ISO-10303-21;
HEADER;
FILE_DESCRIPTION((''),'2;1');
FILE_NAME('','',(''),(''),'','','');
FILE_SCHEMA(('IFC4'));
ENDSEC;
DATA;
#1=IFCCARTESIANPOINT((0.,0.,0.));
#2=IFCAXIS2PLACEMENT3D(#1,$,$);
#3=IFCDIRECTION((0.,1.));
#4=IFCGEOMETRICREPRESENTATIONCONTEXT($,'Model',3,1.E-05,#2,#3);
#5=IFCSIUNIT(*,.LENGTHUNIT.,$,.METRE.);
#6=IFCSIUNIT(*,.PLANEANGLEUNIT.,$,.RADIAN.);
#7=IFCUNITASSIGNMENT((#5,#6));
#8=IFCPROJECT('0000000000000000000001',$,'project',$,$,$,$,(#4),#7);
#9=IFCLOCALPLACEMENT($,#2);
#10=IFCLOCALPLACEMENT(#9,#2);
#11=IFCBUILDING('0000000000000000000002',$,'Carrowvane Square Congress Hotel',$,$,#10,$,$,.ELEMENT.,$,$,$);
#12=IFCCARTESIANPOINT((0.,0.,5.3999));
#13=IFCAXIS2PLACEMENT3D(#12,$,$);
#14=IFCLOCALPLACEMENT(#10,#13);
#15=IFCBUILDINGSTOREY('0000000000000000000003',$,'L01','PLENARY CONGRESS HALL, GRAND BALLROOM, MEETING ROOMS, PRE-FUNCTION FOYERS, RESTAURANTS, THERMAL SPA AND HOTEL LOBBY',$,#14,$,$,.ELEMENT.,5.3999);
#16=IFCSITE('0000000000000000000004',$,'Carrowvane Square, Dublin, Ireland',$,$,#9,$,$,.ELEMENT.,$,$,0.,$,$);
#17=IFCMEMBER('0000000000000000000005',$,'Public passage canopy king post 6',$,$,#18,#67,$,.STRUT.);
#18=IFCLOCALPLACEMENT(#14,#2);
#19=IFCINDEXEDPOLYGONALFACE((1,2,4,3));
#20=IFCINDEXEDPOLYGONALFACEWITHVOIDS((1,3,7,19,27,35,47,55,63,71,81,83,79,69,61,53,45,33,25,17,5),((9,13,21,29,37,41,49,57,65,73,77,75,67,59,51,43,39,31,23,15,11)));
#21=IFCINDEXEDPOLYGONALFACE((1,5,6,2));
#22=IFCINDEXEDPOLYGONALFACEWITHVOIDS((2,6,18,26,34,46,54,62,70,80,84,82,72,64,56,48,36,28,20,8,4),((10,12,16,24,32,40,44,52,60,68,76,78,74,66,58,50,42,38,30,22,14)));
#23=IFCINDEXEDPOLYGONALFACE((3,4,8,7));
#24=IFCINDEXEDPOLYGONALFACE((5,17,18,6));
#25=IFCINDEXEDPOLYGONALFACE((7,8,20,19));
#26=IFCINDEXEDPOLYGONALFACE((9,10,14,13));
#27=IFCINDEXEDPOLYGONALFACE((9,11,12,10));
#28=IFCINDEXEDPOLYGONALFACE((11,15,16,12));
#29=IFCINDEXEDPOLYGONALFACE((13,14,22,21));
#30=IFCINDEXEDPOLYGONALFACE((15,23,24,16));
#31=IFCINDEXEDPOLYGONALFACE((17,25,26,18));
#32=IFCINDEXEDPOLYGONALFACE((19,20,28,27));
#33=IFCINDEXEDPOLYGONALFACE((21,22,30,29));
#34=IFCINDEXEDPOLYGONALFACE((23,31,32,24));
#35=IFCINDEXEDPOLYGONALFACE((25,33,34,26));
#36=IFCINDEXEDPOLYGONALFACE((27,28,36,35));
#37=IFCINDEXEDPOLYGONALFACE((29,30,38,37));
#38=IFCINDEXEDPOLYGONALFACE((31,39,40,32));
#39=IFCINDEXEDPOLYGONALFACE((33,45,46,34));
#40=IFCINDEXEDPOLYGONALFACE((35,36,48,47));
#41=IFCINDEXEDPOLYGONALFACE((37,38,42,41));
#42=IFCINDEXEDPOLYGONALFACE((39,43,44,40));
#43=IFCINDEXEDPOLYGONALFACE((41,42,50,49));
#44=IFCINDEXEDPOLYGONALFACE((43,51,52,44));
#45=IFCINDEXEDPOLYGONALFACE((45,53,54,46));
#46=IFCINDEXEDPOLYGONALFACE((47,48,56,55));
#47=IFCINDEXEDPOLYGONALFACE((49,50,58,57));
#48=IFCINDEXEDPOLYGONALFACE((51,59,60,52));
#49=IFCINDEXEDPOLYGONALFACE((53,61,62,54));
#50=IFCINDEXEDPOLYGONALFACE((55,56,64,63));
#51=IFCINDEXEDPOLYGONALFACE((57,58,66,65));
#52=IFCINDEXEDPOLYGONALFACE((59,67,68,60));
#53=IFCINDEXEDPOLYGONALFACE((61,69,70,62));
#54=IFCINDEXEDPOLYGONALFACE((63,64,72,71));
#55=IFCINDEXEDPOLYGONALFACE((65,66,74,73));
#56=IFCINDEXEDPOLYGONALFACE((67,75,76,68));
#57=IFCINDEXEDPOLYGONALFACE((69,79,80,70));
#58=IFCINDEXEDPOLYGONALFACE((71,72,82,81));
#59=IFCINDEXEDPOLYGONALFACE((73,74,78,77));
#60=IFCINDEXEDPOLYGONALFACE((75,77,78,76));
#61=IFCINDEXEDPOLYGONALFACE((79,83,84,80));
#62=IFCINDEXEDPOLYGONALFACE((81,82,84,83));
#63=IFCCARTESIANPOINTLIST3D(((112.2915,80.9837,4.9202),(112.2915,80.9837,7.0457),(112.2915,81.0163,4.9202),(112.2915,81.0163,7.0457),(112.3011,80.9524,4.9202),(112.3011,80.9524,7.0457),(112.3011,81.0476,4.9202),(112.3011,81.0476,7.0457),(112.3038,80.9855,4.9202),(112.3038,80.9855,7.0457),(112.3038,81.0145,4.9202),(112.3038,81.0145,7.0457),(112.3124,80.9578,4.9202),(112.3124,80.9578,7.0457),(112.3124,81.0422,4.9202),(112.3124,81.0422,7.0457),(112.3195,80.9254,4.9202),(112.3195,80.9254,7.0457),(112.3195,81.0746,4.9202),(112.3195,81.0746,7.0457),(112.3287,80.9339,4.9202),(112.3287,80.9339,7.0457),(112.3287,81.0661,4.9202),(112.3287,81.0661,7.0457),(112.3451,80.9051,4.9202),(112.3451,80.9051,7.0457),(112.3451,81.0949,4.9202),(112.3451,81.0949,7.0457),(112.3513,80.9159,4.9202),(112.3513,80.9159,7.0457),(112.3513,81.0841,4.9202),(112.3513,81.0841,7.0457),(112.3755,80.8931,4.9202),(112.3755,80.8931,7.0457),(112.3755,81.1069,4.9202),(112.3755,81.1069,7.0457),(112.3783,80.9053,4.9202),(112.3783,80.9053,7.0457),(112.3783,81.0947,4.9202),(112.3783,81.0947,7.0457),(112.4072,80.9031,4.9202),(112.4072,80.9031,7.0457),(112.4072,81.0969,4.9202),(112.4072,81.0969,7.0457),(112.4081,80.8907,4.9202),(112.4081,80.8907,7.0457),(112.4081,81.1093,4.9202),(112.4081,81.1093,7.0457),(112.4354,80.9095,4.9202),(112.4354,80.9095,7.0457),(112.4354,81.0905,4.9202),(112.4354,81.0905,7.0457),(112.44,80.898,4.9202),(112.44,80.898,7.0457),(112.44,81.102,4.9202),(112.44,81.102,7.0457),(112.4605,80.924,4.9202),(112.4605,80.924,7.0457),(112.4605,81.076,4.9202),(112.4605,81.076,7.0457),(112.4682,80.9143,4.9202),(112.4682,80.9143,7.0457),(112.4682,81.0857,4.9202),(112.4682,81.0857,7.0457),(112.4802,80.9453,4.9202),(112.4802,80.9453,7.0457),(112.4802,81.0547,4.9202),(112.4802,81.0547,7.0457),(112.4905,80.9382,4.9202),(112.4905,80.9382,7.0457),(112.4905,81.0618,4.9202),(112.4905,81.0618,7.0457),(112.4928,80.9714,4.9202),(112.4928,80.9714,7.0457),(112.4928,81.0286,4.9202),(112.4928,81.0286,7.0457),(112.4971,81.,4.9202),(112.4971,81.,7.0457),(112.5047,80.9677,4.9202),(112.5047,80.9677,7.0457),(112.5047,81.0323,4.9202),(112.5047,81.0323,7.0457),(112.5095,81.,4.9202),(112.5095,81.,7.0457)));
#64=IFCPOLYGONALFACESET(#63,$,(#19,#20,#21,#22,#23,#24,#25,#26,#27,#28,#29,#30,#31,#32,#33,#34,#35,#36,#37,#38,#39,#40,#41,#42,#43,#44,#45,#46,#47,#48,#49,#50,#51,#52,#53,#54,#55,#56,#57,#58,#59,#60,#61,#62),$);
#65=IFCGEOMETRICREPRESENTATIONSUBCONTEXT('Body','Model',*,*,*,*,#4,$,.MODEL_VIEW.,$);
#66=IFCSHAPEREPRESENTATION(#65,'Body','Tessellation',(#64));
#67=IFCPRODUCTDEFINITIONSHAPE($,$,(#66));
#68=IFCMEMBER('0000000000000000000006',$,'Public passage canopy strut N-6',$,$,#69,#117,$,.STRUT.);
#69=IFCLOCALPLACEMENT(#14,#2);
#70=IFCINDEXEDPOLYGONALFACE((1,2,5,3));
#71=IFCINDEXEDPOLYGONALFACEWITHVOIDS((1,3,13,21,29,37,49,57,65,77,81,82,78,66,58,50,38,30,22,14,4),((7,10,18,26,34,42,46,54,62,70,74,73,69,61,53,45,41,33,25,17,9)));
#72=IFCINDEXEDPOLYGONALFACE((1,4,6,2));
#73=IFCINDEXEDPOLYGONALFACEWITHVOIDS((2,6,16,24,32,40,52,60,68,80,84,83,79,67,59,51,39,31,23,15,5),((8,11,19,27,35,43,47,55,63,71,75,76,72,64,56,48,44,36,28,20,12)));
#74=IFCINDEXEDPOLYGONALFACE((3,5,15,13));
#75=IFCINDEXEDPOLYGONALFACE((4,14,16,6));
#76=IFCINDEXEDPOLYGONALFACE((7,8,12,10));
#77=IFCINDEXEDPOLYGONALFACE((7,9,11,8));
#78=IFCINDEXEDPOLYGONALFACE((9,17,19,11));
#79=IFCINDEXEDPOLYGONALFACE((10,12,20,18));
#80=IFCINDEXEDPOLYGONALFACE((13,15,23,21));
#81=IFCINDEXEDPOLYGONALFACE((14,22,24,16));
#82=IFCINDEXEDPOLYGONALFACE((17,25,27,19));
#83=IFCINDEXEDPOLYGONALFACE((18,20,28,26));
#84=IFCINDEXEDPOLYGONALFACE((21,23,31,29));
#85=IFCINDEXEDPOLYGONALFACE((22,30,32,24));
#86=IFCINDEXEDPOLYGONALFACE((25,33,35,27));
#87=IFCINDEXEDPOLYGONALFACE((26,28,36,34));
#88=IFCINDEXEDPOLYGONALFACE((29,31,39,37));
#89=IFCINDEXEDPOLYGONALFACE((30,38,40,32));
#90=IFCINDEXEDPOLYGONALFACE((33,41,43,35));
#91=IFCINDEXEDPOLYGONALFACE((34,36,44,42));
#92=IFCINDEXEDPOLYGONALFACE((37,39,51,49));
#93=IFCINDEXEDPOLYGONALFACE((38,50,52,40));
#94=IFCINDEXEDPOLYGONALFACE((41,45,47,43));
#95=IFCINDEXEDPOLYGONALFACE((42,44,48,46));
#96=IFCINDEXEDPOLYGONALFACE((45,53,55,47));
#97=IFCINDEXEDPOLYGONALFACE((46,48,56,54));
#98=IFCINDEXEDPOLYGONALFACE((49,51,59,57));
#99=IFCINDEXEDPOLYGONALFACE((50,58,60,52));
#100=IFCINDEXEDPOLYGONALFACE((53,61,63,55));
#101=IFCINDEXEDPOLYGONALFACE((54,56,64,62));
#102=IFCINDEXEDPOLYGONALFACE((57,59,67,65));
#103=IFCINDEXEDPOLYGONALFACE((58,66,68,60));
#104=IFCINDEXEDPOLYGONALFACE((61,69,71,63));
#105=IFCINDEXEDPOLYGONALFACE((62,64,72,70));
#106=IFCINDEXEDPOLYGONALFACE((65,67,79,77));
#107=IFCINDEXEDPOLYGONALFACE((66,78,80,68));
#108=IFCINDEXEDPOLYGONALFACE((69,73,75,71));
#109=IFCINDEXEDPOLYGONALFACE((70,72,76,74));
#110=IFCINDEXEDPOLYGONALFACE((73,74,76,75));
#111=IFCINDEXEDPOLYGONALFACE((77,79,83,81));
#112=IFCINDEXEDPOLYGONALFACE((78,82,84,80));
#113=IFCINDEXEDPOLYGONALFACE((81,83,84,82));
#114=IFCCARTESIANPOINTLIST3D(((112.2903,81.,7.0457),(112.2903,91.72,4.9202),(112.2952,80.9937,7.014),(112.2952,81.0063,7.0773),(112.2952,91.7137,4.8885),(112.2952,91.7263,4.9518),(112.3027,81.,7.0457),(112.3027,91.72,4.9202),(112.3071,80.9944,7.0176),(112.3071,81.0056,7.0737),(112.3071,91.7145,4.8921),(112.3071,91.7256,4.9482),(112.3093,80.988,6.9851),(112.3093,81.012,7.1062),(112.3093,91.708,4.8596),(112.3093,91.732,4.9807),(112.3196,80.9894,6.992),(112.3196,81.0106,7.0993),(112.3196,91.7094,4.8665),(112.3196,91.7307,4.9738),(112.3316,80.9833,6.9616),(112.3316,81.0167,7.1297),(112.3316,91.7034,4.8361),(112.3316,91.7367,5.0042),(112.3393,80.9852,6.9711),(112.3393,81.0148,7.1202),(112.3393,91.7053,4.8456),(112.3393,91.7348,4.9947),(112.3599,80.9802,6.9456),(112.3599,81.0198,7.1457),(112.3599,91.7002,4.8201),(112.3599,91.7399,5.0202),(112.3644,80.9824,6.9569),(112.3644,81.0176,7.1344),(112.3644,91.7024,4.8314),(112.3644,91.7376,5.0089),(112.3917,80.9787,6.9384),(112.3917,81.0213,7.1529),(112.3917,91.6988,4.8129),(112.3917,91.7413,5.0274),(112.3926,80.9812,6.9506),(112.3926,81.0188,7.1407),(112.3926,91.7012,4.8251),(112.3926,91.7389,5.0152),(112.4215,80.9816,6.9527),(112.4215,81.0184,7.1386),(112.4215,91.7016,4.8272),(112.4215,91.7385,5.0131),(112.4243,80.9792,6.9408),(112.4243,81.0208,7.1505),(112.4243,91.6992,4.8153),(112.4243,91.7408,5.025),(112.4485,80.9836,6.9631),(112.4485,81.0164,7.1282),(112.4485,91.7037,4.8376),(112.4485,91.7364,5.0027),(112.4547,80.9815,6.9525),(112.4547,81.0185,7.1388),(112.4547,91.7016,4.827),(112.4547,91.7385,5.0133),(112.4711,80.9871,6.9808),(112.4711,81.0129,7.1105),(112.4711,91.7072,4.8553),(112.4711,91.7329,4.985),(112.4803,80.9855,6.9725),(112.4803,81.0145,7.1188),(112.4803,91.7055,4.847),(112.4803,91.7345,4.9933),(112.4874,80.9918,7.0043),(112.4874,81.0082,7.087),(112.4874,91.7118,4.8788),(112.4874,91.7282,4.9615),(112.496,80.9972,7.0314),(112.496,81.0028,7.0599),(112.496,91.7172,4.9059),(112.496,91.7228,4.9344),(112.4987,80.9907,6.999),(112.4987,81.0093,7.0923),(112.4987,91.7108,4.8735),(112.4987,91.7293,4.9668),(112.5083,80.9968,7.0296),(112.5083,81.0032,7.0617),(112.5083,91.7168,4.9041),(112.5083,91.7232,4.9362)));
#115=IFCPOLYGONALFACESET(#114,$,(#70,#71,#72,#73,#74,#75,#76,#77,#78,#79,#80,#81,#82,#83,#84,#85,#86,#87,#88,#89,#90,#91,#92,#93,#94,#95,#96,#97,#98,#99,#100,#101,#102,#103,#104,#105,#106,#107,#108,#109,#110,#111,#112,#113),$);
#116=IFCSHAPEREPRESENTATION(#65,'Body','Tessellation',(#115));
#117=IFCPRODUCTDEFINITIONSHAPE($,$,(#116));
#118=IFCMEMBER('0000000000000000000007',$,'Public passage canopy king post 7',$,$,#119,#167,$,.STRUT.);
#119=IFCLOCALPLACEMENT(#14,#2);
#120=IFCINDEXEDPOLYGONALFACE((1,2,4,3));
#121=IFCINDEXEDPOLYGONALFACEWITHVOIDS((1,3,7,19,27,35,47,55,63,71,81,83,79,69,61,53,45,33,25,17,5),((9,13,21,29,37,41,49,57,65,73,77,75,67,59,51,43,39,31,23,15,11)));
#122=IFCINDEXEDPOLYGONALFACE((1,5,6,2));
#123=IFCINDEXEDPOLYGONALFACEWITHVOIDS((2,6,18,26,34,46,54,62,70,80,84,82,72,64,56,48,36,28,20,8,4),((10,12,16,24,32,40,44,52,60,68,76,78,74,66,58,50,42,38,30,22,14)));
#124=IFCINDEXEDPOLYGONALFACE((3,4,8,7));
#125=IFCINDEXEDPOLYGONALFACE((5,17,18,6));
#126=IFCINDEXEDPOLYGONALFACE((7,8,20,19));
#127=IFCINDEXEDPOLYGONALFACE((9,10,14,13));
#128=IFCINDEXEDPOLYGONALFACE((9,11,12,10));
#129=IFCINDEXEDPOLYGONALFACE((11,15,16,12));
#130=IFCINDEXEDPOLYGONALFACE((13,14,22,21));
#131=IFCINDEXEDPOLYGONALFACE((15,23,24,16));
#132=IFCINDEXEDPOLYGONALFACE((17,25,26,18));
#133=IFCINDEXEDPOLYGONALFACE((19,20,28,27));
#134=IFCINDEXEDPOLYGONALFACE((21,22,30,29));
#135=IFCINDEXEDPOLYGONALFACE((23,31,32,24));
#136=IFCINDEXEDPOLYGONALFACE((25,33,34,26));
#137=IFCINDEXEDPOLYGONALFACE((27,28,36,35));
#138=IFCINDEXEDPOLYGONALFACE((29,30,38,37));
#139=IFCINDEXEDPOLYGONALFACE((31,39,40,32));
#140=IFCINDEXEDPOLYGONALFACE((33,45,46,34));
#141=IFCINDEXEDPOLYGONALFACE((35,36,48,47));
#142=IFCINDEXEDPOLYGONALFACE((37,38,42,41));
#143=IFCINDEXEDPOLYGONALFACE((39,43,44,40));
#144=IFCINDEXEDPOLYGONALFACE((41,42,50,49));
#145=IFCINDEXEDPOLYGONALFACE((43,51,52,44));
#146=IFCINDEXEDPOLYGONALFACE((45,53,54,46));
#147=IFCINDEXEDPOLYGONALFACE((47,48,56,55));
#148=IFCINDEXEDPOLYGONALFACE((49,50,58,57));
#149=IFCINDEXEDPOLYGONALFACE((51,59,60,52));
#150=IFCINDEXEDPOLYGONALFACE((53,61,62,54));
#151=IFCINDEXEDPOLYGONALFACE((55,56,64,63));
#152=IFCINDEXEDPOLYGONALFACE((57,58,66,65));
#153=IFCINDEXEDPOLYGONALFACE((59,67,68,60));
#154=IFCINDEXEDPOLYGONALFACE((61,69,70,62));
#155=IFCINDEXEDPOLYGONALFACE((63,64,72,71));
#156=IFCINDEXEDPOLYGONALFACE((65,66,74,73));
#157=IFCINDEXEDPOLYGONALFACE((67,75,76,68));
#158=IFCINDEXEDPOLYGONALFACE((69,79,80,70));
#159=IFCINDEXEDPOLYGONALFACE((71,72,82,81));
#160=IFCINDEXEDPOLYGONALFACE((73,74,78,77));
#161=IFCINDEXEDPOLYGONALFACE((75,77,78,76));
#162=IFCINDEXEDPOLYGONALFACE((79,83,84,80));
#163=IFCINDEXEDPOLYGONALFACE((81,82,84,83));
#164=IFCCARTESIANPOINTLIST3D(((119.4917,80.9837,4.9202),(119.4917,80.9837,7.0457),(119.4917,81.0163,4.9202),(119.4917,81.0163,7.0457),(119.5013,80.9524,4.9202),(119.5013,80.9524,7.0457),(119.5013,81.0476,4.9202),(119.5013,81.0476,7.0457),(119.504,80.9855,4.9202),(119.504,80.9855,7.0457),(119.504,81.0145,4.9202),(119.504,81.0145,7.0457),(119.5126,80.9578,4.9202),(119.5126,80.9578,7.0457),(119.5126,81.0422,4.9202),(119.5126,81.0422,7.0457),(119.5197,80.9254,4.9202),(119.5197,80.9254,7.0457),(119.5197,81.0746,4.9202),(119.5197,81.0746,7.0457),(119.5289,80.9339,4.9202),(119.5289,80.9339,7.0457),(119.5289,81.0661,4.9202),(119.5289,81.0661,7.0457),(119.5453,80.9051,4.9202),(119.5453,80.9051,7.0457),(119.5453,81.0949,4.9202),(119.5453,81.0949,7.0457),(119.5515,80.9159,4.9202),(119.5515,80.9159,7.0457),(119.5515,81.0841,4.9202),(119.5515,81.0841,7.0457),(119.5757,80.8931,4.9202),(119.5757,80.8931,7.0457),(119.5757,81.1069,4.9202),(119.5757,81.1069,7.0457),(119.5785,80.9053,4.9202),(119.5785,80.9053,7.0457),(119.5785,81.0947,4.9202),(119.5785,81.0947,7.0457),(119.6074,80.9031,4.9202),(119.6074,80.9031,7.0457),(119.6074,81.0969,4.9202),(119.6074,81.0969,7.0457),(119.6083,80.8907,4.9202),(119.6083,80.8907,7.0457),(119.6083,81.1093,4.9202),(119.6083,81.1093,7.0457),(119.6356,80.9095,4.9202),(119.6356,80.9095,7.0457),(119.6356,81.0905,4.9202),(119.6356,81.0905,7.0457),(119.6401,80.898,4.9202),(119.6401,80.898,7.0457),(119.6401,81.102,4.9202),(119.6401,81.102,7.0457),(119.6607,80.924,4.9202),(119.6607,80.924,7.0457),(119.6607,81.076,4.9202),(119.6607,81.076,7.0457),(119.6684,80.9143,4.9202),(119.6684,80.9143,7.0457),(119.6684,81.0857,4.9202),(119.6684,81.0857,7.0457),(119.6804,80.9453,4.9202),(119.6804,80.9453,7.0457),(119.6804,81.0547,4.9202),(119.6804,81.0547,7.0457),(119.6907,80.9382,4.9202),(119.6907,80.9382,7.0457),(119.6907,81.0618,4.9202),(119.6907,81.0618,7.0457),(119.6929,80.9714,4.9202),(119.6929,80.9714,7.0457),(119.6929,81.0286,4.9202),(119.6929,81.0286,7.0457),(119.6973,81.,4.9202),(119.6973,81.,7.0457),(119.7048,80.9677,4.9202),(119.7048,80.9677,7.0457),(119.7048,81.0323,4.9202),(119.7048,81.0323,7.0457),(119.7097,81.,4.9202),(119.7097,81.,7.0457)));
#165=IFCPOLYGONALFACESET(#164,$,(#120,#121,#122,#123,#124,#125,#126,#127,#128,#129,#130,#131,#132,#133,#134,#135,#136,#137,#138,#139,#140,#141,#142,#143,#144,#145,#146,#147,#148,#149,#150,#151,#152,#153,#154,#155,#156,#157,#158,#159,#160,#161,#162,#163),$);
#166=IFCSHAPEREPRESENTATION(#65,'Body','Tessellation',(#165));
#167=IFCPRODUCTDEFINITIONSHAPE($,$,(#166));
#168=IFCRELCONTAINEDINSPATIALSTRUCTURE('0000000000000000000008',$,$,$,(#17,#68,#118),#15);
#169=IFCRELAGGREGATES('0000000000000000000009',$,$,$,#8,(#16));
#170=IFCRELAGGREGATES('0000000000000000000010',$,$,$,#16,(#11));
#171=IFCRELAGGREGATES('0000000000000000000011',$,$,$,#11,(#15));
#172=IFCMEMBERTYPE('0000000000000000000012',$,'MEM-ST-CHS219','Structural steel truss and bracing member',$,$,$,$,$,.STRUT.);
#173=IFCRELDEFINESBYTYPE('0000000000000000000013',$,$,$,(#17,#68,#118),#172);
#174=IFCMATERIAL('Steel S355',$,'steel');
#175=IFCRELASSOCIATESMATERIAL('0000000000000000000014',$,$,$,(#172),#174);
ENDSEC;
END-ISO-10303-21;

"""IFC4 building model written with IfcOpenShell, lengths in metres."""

from ifc_helpers import new_model, si_unit, direction, frame, origin, origin_2d, place, context, subcontext, project, spatial, hollow_circle, extrude, material, material_profile, profile_set, type_object, element, save


model = new_model("IFC4")

# Units and contexts
model_context = context("Model", 3, precision=1e-05, world=origin(), true_north=direction((0.0, 1.0)))
body_context = subcontext(model_context, "Body", "Model", "MODEL_VIEW")
ifc_project = project(units=[si_unit("LENGTHUNIT", "METRE"), si_unit("PLANEANGLEUNIT", "RADIAN")], contexts=[model_context])

# Site, building, storey
site_placement = place(None, origin())
site = spatial("IfcSite", under=ifc_project, at=site_placement, Name="Carrowvane Square, Dublin, Ireland", CompositionType="ELEMENT", RefElevation=0.0)
building_placement = place(site_placement, origin())
building = spatial("IfcBuilding", under=site, at=building_placement, Name="Carrowvane Square Congress Hotel", CompositionType="ELEMENT")
storey_placement = place(building_placement, frame((0.0, 0.0, 5.3999)))
storey = spatial("IfcBuildingStorey", under=building, at=storey_placement, Name="L01", Description="PLENARY CONGRESS HALL, GRAND BALLROOM, MEETING ROOMS, PRE-FUNCTION FOYERS, RESTAURANTS, THERMAL SPA AND HOTEL LOBBY", CompositionType="ELEMENT", Elevation=5.3999)

# Members
ifc_material_1 = material(Name="Steel S355", Category="steel")
ifc_material_profile_1 = material_profile(ifc_material_1, hollow_circle(Radius=0.1096, WallThickness=0.0125, at=origin_2d()), Name="CHS 219.1x12.5")
ifc_profile_set_1 = profile_set([ifc_material_profile_1], Name="Steel S355")
member_type_1 = type_object("IfcMemberType", Name="MEM-ST-CHS219", Description="Structural steel truss and bracing member", PredefinedType="STRUT", material=ifc_profile_set_1)
member_1_placement = place(storey_placement, frame((112.3999, 81.0, 4.9202), z_axis=(0.0, 0.0, 1.0), x_axis=(1.0, 0.0, 0.0)))
element("IfcMember", 1, at=member_1_placement, inside=storey, type_object=member_type_1, Name="Public passage canopy king post 6", PredefinedType="STRUT", context=body_context, shape_type="SweptSolid", body=[
    extrude(hollow_circle(Radius=0.1096, WallThickness=0.0125, at=origin_2d()), origin(), (0.0, 0.0, 1.0), 2.1255),
])
member_2_placement = place(storey_placement, frame((112.3999, 81.0, 7.0457), z_axis=(0.0, 0.980905, -0.194488), x_axis=(-1.0, 0.0, 0.0)))
element("IfcMember", 2, at=member_2_placement, inside=storey, type_object=member_type_1, Name="Public passage canopy strut N-6", PredefinedType="STRUT", context=body_context, shape_type="SweptSolid", body=[
    extrude(hollow_circle(Radius=0.1096, WallThickness=0.0125, at=origin_2d()), origin(), (0.0, 0.0, 1.0), 10.9287),
])
member_3_placement = place(storey_placement, frame((119.6001, 81.0, 4.9202), z_axis=(0.0, 0.0, 1.0), x_axis=(1.0, 0.0, 0.0)))
element("IfcMember", 3, at=member_3_placement, inside=storey, type_object=member_type_1, Name="Public passage canopy king post 7", PredefinedType="STRUT", context=body_context, shape_type="SweptSolid", body=[
    extrude(hollow_circle(Radius=0.1096, WallThickness=0.0125, at=origin_2d()), origin(), (0.0, 0.0, 1.0), 2.1255),
])

save(model, "model.ifc")
